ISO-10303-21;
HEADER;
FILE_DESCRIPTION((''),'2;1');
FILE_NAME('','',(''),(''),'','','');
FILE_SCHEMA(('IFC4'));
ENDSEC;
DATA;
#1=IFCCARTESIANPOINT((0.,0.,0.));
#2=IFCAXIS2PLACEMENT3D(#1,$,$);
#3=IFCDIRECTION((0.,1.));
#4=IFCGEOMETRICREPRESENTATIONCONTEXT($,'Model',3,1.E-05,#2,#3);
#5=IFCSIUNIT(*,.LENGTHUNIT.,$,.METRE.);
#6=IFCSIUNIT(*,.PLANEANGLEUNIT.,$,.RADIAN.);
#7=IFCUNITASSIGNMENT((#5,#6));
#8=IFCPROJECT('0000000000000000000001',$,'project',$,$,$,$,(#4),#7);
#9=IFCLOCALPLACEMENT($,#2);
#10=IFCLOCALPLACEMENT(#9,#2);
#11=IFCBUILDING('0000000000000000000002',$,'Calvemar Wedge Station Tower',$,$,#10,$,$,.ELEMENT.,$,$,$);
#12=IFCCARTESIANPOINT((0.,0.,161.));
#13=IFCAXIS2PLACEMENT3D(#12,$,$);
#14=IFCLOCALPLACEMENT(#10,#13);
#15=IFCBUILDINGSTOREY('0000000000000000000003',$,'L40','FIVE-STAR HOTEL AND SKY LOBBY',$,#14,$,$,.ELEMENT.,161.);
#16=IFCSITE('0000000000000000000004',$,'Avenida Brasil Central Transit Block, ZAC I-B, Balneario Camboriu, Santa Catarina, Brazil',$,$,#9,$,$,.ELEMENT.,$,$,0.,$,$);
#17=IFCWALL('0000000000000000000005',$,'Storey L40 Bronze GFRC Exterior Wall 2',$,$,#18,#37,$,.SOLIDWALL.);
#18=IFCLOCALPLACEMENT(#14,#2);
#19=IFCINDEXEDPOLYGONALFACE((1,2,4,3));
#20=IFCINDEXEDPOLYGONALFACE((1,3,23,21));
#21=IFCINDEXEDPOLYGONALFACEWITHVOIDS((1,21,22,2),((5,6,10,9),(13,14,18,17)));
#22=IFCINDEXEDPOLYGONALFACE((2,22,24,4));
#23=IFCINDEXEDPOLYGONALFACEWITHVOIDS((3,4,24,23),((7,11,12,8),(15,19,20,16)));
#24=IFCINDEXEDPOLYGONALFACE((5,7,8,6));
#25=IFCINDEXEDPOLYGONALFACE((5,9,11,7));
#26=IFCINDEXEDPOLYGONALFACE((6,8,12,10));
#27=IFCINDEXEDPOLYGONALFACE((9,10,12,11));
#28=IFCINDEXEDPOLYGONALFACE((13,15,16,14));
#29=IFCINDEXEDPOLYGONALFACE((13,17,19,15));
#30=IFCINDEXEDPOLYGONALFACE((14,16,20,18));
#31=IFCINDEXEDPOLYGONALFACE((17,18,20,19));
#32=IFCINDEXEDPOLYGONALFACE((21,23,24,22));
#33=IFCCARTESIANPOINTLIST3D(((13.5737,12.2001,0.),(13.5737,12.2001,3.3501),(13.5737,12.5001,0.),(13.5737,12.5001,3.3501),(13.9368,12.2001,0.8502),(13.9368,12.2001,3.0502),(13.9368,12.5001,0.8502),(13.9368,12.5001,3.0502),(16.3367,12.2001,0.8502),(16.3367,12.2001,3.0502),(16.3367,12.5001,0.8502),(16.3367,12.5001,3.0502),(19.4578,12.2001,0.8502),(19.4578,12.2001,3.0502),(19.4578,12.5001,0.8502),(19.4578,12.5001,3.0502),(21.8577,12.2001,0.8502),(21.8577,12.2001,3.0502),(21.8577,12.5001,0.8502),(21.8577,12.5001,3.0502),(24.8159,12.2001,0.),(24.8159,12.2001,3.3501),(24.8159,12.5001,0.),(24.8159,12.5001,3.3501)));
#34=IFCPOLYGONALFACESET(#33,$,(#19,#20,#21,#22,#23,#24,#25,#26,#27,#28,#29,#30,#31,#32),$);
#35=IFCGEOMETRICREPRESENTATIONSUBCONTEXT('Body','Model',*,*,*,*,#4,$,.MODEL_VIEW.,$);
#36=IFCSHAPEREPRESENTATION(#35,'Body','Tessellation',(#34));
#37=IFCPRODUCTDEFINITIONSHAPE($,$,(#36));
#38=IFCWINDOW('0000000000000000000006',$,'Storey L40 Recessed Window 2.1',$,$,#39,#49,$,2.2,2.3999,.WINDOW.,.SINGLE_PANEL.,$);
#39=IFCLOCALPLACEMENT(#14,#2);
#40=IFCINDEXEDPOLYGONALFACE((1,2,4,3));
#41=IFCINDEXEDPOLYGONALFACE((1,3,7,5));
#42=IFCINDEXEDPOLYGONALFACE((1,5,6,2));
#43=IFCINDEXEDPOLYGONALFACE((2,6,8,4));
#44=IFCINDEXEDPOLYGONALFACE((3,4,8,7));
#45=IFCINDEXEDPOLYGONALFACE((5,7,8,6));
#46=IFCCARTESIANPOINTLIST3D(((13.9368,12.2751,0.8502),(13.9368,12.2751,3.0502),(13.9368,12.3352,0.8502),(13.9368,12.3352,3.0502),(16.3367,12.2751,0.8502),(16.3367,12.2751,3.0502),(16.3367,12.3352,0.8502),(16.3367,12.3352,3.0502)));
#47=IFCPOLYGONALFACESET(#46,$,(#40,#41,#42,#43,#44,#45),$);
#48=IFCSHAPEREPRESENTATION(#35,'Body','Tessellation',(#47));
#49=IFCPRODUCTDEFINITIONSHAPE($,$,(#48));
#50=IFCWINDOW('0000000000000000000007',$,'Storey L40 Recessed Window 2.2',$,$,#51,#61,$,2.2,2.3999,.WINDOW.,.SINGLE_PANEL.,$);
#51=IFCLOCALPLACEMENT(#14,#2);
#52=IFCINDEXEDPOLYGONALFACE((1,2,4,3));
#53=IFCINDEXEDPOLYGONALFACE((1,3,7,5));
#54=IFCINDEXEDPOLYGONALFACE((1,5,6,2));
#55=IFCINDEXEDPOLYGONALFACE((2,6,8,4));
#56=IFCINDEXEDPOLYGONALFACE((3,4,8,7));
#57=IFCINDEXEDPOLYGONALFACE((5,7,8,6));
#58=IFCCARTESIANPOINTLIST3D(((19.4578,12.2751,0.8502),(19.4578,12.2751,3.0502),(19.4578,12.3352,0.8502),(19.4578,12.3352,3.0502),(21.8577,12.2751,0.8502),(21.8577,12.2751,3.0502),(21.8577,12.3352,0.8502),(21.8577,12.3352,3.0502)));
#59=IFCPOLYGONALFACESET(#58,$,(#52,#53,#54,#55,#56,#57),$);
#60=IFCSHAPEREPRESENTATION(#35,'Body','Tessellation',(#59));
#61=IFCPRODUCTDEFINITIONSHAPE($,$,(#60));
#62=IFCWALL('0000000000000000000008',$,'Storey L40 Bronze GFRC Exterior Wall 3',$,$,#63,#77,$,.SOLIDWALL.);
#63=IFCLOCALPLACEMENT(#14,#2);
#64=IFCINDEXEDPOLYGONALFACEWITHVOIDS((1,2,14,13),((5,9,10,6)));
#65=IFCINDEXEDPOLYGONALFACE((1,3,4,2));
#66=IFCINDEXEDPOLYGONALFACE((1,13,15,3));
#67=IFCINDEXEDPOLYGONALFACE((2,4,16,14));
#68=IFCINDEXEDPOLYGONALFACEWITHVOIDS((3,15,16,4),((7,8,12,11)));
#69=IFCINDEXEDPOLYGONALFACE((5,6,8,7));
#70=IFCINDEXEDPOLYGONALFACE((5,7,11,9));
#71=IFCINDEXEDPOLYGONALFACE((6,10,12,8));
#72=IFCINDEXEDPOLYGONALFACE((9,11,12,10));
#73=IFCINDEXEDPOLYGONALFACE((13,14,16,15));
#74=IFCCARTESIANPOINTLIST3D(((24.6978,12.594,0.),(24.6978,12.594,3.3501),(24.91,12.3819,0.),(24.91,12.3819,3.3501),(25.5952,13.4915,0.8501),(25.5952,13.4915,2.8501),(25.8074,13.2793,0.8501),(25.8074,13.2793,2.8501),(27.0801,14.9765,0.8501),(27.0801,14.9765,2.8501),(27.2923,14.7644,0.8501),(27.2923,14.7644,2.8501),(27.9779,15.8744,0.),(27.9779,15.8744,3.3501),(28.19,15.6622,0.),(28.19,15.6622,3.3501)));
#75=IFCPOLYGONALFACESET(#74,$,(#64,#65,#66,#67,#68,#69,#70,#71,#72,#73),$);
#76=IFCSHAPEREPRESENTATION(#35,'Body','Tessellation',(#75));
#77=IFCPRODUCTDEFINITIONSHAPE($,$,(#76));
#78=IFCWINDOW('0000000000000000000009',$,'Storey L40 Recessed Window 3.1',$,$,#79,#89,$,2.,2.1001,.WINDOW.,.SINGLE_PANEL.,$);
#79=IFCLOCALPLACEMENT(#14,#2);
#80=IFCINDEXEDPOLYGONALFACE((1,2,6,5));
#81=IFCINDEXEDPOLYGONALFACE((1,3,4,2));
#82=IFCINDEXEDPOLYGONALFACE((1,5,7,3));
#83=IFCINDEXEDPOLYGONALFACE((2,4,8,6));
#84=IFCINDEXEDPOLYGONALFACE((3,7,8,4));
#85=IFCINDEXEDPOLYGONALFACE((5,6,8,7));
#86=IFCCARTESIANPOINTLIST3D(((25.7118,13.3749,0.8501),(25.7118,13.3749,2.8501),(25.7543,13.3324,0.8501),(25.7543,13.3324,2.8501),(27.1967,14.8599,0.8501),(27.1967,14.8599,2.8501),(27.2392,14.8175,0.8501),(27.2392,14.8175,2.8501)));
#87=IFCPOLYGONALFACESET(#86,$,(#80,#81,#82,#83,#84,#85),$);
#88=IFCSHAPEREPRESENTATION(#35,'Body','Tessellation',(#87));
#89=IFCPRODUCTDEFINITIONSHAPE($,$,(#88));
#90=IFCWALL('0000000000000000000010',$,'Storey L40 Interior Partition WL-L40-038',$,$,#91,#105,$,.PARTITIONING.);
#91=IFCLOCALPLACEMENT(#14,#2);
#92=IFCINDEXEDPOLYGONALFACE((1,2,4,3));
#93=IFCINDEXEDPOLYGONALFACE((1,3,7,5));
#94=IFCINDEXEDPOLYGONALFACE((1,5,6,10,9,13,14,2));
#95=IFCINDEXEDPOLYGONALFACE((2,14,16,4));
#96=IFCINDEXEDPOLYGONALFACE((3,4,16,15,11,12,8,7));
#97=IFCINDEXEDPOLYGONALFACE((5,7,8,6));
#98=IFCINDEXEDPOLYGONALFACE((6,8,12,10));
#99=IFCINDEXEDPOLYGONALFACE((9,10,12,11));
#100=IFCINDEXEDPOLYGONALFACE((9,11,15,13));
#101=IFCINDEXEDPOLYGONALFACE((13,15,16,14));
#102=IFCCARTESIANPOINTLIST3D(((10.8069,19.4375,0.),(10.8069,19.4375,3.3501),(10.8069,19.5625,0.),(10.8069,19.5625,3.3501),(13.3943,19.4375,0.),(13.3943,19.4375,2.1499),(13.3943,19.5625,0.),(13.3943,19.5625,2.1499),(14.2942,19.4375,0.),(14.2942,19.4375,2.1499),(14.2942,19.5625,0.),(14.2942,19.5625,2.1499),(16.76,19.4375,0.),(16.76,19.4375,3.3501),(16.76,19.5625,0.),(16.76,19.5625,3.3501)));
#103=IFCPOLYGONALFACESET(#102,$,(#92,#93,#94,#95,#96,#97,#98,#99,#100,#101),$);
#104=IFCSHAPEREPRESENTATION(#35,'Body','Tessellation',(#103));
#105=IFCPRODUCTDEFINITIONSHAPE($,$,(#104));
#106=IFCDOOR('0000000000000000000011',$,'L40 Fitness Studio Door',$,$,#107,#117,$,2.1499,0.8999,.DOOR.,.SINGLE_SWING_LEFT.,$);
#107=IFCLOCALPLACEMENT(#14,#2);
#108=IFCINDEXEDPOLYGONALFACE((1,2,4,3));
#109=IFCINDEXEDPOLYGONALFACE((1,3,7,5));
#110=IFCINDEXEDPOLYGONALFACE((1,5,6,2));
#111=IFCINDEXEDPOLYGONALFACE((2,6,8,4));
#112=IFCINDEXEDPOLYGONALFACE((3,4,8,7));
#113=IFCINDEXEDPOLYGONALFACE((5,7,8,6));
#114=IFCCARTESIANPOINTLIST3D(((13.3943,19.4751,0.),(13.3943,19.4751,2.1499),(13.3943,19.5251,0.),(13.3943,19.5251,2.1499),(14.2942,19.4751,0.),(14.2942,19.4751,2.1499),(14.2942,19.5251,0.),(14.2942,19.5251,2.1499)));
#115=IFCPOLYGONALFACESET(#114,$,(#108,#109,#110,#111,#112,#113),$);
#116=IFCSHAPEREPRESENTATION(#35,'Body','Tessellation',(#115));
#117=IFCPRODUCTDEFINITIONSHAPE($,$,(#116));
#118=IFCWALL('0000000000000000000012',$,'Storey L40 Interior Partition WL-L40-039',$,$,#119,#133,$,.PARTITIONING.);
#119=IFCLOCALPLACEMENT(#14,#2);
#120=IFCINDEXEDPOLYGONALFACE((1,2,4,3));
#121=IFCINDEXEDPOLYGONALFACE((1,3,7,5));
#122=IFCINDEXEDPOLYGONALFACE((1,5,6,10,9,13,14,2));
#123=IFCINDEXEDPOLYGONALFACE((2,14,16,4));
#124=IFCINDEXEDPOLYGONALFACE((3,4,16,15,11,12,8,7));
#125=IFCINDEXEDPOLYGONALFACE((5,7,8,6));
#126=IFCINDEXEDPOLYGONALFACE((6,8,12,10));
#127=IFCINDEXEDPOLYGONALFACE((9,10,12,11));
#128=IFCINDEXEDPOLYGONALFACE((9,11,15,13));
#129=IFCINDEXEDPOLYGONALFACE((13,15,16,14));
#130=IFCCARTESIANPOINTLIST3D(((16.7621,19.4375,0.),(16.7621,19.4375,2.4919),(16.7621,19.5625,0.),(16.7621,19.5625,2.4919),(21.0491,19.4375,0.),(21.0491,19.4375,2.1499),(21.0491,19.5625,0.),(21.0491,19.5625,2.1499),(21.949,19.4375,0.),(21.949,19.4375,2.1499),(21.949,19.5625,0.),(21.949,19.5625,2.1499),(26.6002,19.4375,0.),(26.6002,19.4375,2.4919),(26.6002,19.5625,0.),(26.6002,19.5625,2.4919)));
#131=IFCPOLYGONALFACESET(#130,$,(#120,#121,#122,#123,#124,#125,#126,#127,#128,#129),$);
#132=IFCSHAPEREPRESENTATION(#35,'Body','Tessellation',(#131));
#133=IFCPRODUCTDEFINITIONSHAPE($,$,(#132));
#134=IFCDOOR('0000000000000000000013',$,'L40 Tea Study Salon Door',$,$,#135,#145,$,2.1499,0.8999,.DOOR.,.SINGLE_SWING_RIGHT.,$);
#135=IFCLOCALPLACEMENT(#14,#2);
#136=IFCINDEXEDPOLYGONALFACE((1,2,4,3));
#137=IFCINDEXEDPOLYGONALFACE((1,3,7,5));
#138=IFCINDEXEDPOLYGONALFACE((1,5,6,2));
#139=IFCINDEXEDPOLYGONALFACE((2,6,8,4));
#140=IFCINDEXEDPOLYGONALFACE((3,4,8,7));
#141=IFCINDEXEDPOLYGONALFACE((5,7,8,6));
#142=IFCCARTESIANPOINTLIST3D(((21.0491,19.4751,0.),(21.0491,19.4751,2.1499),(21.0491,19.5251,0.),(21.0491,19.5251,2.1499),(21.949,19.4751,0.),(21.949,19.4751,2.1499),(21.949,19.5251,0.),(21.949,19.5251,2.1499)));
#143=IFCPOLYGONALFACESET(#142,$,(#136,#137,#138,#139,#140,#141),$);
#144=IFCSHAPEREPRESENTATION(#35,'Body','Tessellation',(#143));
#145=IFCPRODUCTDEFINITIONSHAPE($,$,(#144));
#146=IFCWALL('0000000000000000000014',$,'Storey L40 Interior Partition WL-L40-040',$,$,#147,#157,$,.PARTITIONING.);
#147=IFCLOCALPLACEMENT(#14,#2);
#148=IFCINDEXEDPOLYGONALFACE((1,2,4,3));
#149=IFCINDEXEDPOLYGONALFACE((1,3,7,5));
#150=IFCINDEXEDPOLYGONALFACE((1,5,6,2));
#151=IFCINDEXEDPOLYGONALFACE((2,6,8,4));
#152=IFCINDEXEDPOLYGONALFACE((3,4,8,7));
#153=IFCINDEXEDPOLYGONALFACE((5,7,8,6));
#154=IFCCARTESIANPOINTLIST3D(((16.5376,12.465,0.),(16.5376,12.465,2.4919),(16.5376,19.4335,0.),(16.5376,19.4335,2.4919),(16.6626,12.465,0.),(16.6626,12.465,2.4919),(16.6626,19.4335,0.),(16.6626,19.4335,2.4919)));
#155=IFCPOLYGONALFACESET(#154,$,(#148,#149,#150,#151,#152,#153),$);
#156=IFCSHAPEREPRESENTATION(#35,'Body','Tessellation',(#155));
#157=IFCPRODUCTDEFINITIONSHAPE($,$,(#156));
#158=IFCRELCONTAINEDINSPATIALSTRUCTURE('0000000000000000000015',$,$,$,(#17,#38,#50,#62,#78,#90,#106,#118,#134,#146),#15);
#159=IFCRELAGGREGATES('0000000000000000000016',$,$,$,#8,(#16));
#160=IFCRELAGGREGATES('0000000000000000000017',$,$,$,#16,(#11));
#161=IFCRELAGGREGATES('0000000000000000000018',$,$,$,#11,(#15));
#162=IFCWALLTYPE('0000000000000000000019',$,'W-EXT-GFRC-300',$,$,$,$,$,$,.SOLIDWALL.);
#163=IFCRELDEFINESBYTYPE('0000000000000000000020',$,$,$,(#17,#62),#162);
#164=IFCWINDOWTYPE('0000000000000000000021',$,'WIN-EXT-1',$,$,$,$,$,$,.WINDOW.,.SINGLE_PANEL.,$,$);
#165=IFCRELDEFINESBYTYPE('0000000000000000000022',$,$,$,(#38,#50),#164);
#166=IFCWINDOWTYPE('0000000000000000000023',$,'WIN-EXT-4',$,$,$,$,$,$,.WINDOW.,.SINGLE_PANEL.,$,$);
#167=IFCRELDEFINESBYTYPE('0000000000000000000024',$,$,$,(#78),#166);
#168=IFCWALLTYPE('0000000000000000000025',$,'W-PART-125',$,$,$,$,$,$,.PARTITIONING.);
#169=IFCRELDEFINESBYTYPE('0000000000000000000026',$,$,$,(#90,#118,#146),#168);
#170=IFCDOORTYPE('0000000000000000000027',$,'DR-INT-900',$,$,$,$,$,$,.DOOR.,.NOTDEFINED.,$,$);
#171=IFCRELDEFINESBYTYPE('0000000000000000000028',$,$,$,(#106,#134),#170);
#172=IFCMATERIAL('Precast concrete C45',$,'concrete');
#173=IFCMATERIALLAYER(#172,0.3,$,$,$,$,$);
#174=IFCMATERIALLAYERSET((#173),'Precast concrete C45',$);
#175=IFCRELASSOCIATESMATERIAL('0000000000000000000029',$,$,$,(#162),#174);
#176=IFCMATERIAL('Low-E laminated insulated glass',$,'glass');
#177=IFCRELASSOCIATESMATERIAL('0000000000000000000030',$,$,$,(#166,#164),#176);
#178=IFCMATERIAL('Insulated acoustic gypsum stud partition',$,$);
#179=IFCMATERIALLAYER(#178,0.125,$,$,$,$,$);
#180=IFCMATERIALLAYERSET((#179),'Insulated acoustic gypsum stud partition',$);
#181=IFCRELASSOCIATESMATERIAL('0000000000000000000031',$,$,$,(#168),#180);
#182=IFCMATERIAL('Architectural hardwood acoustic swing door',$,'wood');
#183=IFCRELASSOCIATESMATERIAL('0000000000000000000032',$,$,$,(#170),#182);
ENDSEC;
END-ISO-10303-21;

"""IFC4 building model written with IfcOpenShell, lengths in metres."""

from ifc_helpers import new_model, si_unit, direction, frame, frame_2d, origin, place, context, subcontext, project, spatial, rectangle, extrude, source, transform, mapped, material, layer, layer_set, type_object, element, fill, save


model = new_model("IFC4")

# Units and contexts
model_context = context("Model", 3, precision=1e-05, world=origin(), true_north=direction((0.0, 1.0)))
body_context = subcontext(model_context, "Body", "Model", "MODEL_VIEW")
ifc_project = project(units=[si_unit("LENGTHUNIT", "METRE"), si_unit("PLANEANGLEUNIT", "RADIAN")], contexts=[model_context])

# Site, building, storey
site_placement = place(None, origin())
site = spatial("IfcSite", under=ifc_project, at=site_placement, Name="Avenida Brasil Central Transit Block, ZAC I-B, Balneario Camboriu, Santa Catarina, Brazil", CompositionType="ELEMENT", RefElevation=0.0)
building_placement = place(site_placement, origin())
building = spatial("IfcBuilding", under=site, at=building_placement, Name="Calvemar Wedge Station Tower", CompositionType="ELEMENT")
storey_placement = place(building_placement, frame((0.0, 0.0, 161.0)))
storey = spatial("IfcBuildingStorey", under=building, at=storey_placement, Name="L40", Description="FIVE-STAR HOTEL AND SKY LOBBY", CompositionType="ELEMENT", Elevation=161.0)

# Shared definitions
ifc_material_1 = material(Name="Precast concrete C45", Category="concrete")

# Shared definitions
ifc_layer_1 = layer(ifc_material_1, 0.3)
ifc_layer_set_1 = layer_set([ifc_layer_1], Name="Precast concrete C45")
wall_type_1 = type_object("IfcWallType", Name="W-EXT-GFRC-300", PredefinedType="SOLIDWALL", material=ifc_layer_set_1)
shared_shape_1 = source(origin(), body_context, "Body", "SweptSolid", [
    extrude(rectangle(XDim=2.1001, YDim=2.0, at=frame_2d((1.05, 1.0))), frame((0.0, 0.1602, 0.0), z_axis=(0.0, -1.0, 0.0), x_axis=(1.0, 0.0, 0.0)), (0.0, 0.0, 1.0), 0.3201),
])
ifc_material_2 = material(Name="Low-E laminated insulated glass", Category="glass")
window_type_1 = type_object("IfcWindowType", Name="WIN-EXT-4", PartitioningType="SINGLE_PANEL", PredefinedType="WINDOW", material=ifc_material_2)
shared_shape_2 = source(origin(), body_context, "Body", "SweptSolid", [
    extrude(rectangle(XDim=2.1001, YDim=2.0, at=frame_2d((1.05, 1.0))), frame((0.0, -0.0149, 0.0), z_axis=(0.0, -1.0, 0.0), x_axis=(1.0, 0.0, 0.0)), (0.0, 0.0, 1.0), 0.0601),
])

# Wall, openings, windows
wall_1_placement = place(storey_placement, frame((13.5737, 12.3501, 0.0), z_axis=(0.0, 0.0, 1.0), x_axis=(1.0, 0.0, 0.0)))
wall_1 = element("IfcWall", 1, at=wall_1_placement, inside=storey, type_object=wall_type_1, Name="Storey L40 Bronze GFRC Exterior Wall 2", PredefinedType="SOLIDWALL", context=body_context, shape_type="SweptSolid", body=[
    extrude(rectangle(XDim=11.2422, YDim=0.3, at=frame_2d((5.6211, 0.0))), origin(), (0.0, 0.0, 1.0), 3.3501),
])
shared_shape_3 = source(origin(), body_context, "Body", "SweptSolid", [
    extrude(rectangle(XDim=2.3999, YDim=2.2, at=frame_2d((1.2, 1.1001))), frame((0.0, 0.1602, 0.0), z_axis=(0.0, -1.0, 0.0), x_axis=(1.0, 0.0, 0.0)), (0.0, 0.0, 1.0), 0.3201),
])
opening_1_placement = place(wall_1_placement, frame((0.363, 0.0, 0.8501)))
opening_1 = element("IfcOpeningElement", 2, at=opening_1_placement, cuts=wall_1, PredefinedType="OPENING", context=body_context, shape_type="MappedRepresentation", body=[
    mapped(shared_shape_3, transform((0.0, 0.0, 0.0), scale=1.0)),
])
opening_2_placement = place(wall_1_placement, frame((5.884, 0.0, 0.8501)))
opening_2 = element("IfcOpeningElement", 3, at=opening_2_placement, cuts=wall_1, PredefinedType="OPENING", context=body_context, shape_type="MappedRepresentation", body=[
    mapped(shared_shape_3, transform((0.0, 0.0, 0.0), scale=1.0)),
])
window_type_2 = type_object("IfcWindowType", Name="WIN-EXT-1", PartitioningType="SINGLE_PANEL", PredefinedType="WINDOW", material=ifc_material_2)
shared_shape_4 = source(origin(), body_context, "Body", "SweptSolid", [
    extrude(rectangle(XDim=2.3999, YDim=2.2, at=frame_2d((1.2, 1.1001))), frame((0.0, -0.0149, 0.0), z_axis=(0.0, -1.0, 0.0), x_axis=(1.0, 0.0, 0.0)), (0.0, 0.0, 1.0), 0.0601),
])
window_1_placement = place(opening_1_placement, origin())
window_1 = element("IfcWindow", 4, at=window_1_placement, inside=storey, type_object=window_type_2, Name="Storey L40 Recessed Window 2.1", OverallHeight=2.2, OverallWidth=2.3999, PartitioningType="SINGLE_PANEL", PredefinedType="WINDOW", context=body_context, shape_type="MappedRepresentation", body=[
    mapped(shared_shape_4, transform((0.0, 0.0, 0.0), scale=1.0)),
])
fill(opening_1, window_1)
window_2_placement = place(opening_2_placement, origin())
window_2 = element("IfcWindow", 5, at=window_2_placement, inside=storey, type_object=window_type_2, Name="Storey L40 Recessed Window 2.2", OverallHeight=2.2, OverallWidth=2.3999, PartitioningType="SINGLE_PANEL", PredefinedType="WINDOW", context=body_context, shape_type="MappedRepresentation", body=[
    mapped(shared_shape_4, transform((0.0, 0.0, 0.0), scale=1.0)),
])
fill(opening_2, window_2)

# Wall, opening, window
wall_2_placement = place(storey_placement, frame((24.804, 12.488, 0.0), z_axis=(0.0, 0.0, 1.0), x_axis=(0.70708, 0.707133, 0.0)))
wall_2 = element("IfcWall", 6, at=wall_2_placement, inside=storey, type_object=wall_type_1, Name="Storey L40 Bronze GFRC Exterior Wall 3", PredefinedType="SOLIDWALL", context=body_context, shape_type="SweptSolid", body=[
    extrude(rectangle(XDim=4.6389, YDim=0.3, at=frame_2d((2.3193, 0.0))), origin(), (0.0, 0.0, 1.0), 3.3501),
])
opening_3_placement = place(wall_2_placement, frame((1.269, 0.0, 0.8501)))
opening_3 = element("IfcOpeningElement", 7, at=opening_3_placement, cuts=wall_2, PredefinedType="OPENING", context=body_context, shape_type="MappedRepresentation", body=[
    mapped(shared_shape_1, transform((0.0, 0.0, 0.0), scale=1.0)),
])
window_3_placement = place(opening_3_placement, origin())
window_3 = element("IfcWindow", 8, at=window_3_placement, inside=storey, type_object=window_type_1, Name="Storey L40 Recessed Window 3.1", OverallHeight=2.0, OverallWidth=2.1001, PartitioningType="SINGLE_PANEL", PredefinedType="WINDOW", context=body_context, shape_type="MappedRepresentation", body=[
    mapped(shared_shape_2, transform((0.0, 0.0, 0.0), scale=1.0)),
])
fill(opening_3, window_3)

# Walls, openings, doors
ifc_material_3 = material(Name="Insulated acoustic gypsum stud partition")
ifc_layer_2 = layer(ifc_material_3, 0.125)
ifc_layer_set_2 = layer_set([ifc_layer_2], Name="Insulated acoustic gypsum stud partition")
wall_type_2 = type_object("IfcWallType", Name="W-PART-125", PredefinedType="PARTITIONING", material=ifc_layer_set_2)
wall_3_placement = place(storey_placement, frame((16.76, 19.5, 0.0), z_axis=(0.0, 0.0, 1.0), x_axis=(-1.0, 0.0, 0.0)))
wall_3 = element("IfcWall", 9, at=wall_3_placement, inside=storey, type_object=wall_type_2, Name="Storey L40 Interior Partition WL-L40-038", PredefinedType="PARTITIONING", context=body_context, shape_type="SweptSolid", body=[
    extrude(rectangle(XDim=5.9531, YDim=0.125, at=frame_2d((2.9766, 0.0))), origin(), (0.0, 0.0, 1.0), 3.3501),
])
shared_shape_5 = source(origin(), body_context, "Body", "SweptSolid", [
    extrude(rectangle(XDim=0.8999, YDim=2.1499, at=frame_2d((0.45, 1.075))), frame((0.0, 0.0725, 0.0), z_axis=(0.0, -1.0, 0.0), x_axis=(1.0, 0.0, 0.0)), (0.0, 0.0, 1.0), 0.145),
])
opening_4_placement = place(wall_3_placement, frame((2.4658, 0.0, 0.0)))
opening_4 = element("IfcOpeningElement", 10, at=opening_4_placement, cuts=wall_3, PredefinedType="OPENING", context=body_context, shape_type="MappedRepresentation", body=[
    mapped(shared_shape_5, transform((0.0, 0.0, 0.0), scale=1.0)),
])
ifc_material_4 = material(Name="Architectural hardwood acoustic swing door", Category="wood")
door_type = type_object("IfcDoorType", Name="DR-INT-900", OperationType="NOTDEFINED", PredefinedType="DOOR", material=ifc_material_4)
shared_shape_6 = source(origin(), body_context, "Body", "SweptSolid", [
    extrude(rectangle(XDim=0.8999, YDim=2.1499, at=frame_2d((0.45, 1.075))), frame((0.0, 0.0249, 0.0), z_axis=(0.0, -1.0, 0.0), x_axis=(1.0, 0.0, 0.0)), (0.0, 0.0, 1.0), 0.05),
])
door_1_placement = place(opening_4_placement, origin())
door_1 = element("IfcDoor", 11, at=door_1_placement, inside=storey, type_object=door_type, Name="L40 Fitness Studio Door", OperationType="SINGLE_SWING_LEFT", OverallHeight=2.1499, OverallWidth=0.8999, PredefinedType="DOOR", context=body_context, shape_type="MappedRepresentation", body=[
    mapped(shared_shape_6, transform((0.0, 0.0, 0.0), scale=1.0)),
])
fill(opening_4, door_1)
wall_4_placement = place(storey_placement, frame((26.6001, 19.5, 0.0), z_axis=(0.0, 0.0, 1.0), x_axis=(-1.0, 0.0, 0.0)))
wall_4 = element("IfcWall", 12, at=wall_4_placement, inside=storey, type_object=wall_type_2, Name="Storey L40 Interior Partition WL-L40-039", PredefinedType="PARTITIONING", context=body_context, shape_type="SweptSolid", body=[
    extrude(rectangle(XDim=9.8381, YDim=0.125, at=frame_2d((4.9189, 0.0))), origin(), (0.0, 0.0, 1.0), 2.4919),
])
opening_5_placement = place(wall_4_placement, frame((4.6511, 0.0, 0.0)))
opening_5 = element("IfcOpeningElement", 13, at=opening_5_placement, cuts=wall_4, PredefinedType="OPENING", context=body_context, shape_type="MappedRepresentation", body=[
    mapped(shared_shape_5, transform((0.0, 0.0, 0.0), scale=1.0)),
])
door_2_placement = place(opening_5_placement, origin())
door_2 = element("IfcDoor", 14, at=door_2_placement, inside=storey, type_object=door_type, Name="L40 Tea Study Salon Door", OperationType="SINGLE_SWING_RIGHT", OverallHeight=2.1499, OverallWidth=0.8999, PredefinedType="DOOR", context=body_context, shape_type="MappedRepresentation", body=[
    mapped(shared_shape_6, transform((0.0, 0.0, 0.0), scale=1.0)),
])
fill(opening_5, door_2)

# Wall
wall_5_placement = place(storey_placement, frame((16.6001, 19.4336, 0.0), z_axis=(0.0, 0.0, 1.0), x_axis=(0.0, -1.0, 0.0)))
element("IfcWall", 15, at=wall_5_placement, inside=storey, type_object=wall_type_2, Name="Storey L40 Interior Partition WL-L40-040", PredefinedType="PARTITIONING", context=body_context, shape_type="SweptSolid", body=[
    extrude(rectangle(XDim=6.9685, YDim=0.125, at=frame_2d((3.4844, 0.0))), origin(), (0.0, 0.0, 1.0), 2.4919),
])

save(model, "model.ifc")
